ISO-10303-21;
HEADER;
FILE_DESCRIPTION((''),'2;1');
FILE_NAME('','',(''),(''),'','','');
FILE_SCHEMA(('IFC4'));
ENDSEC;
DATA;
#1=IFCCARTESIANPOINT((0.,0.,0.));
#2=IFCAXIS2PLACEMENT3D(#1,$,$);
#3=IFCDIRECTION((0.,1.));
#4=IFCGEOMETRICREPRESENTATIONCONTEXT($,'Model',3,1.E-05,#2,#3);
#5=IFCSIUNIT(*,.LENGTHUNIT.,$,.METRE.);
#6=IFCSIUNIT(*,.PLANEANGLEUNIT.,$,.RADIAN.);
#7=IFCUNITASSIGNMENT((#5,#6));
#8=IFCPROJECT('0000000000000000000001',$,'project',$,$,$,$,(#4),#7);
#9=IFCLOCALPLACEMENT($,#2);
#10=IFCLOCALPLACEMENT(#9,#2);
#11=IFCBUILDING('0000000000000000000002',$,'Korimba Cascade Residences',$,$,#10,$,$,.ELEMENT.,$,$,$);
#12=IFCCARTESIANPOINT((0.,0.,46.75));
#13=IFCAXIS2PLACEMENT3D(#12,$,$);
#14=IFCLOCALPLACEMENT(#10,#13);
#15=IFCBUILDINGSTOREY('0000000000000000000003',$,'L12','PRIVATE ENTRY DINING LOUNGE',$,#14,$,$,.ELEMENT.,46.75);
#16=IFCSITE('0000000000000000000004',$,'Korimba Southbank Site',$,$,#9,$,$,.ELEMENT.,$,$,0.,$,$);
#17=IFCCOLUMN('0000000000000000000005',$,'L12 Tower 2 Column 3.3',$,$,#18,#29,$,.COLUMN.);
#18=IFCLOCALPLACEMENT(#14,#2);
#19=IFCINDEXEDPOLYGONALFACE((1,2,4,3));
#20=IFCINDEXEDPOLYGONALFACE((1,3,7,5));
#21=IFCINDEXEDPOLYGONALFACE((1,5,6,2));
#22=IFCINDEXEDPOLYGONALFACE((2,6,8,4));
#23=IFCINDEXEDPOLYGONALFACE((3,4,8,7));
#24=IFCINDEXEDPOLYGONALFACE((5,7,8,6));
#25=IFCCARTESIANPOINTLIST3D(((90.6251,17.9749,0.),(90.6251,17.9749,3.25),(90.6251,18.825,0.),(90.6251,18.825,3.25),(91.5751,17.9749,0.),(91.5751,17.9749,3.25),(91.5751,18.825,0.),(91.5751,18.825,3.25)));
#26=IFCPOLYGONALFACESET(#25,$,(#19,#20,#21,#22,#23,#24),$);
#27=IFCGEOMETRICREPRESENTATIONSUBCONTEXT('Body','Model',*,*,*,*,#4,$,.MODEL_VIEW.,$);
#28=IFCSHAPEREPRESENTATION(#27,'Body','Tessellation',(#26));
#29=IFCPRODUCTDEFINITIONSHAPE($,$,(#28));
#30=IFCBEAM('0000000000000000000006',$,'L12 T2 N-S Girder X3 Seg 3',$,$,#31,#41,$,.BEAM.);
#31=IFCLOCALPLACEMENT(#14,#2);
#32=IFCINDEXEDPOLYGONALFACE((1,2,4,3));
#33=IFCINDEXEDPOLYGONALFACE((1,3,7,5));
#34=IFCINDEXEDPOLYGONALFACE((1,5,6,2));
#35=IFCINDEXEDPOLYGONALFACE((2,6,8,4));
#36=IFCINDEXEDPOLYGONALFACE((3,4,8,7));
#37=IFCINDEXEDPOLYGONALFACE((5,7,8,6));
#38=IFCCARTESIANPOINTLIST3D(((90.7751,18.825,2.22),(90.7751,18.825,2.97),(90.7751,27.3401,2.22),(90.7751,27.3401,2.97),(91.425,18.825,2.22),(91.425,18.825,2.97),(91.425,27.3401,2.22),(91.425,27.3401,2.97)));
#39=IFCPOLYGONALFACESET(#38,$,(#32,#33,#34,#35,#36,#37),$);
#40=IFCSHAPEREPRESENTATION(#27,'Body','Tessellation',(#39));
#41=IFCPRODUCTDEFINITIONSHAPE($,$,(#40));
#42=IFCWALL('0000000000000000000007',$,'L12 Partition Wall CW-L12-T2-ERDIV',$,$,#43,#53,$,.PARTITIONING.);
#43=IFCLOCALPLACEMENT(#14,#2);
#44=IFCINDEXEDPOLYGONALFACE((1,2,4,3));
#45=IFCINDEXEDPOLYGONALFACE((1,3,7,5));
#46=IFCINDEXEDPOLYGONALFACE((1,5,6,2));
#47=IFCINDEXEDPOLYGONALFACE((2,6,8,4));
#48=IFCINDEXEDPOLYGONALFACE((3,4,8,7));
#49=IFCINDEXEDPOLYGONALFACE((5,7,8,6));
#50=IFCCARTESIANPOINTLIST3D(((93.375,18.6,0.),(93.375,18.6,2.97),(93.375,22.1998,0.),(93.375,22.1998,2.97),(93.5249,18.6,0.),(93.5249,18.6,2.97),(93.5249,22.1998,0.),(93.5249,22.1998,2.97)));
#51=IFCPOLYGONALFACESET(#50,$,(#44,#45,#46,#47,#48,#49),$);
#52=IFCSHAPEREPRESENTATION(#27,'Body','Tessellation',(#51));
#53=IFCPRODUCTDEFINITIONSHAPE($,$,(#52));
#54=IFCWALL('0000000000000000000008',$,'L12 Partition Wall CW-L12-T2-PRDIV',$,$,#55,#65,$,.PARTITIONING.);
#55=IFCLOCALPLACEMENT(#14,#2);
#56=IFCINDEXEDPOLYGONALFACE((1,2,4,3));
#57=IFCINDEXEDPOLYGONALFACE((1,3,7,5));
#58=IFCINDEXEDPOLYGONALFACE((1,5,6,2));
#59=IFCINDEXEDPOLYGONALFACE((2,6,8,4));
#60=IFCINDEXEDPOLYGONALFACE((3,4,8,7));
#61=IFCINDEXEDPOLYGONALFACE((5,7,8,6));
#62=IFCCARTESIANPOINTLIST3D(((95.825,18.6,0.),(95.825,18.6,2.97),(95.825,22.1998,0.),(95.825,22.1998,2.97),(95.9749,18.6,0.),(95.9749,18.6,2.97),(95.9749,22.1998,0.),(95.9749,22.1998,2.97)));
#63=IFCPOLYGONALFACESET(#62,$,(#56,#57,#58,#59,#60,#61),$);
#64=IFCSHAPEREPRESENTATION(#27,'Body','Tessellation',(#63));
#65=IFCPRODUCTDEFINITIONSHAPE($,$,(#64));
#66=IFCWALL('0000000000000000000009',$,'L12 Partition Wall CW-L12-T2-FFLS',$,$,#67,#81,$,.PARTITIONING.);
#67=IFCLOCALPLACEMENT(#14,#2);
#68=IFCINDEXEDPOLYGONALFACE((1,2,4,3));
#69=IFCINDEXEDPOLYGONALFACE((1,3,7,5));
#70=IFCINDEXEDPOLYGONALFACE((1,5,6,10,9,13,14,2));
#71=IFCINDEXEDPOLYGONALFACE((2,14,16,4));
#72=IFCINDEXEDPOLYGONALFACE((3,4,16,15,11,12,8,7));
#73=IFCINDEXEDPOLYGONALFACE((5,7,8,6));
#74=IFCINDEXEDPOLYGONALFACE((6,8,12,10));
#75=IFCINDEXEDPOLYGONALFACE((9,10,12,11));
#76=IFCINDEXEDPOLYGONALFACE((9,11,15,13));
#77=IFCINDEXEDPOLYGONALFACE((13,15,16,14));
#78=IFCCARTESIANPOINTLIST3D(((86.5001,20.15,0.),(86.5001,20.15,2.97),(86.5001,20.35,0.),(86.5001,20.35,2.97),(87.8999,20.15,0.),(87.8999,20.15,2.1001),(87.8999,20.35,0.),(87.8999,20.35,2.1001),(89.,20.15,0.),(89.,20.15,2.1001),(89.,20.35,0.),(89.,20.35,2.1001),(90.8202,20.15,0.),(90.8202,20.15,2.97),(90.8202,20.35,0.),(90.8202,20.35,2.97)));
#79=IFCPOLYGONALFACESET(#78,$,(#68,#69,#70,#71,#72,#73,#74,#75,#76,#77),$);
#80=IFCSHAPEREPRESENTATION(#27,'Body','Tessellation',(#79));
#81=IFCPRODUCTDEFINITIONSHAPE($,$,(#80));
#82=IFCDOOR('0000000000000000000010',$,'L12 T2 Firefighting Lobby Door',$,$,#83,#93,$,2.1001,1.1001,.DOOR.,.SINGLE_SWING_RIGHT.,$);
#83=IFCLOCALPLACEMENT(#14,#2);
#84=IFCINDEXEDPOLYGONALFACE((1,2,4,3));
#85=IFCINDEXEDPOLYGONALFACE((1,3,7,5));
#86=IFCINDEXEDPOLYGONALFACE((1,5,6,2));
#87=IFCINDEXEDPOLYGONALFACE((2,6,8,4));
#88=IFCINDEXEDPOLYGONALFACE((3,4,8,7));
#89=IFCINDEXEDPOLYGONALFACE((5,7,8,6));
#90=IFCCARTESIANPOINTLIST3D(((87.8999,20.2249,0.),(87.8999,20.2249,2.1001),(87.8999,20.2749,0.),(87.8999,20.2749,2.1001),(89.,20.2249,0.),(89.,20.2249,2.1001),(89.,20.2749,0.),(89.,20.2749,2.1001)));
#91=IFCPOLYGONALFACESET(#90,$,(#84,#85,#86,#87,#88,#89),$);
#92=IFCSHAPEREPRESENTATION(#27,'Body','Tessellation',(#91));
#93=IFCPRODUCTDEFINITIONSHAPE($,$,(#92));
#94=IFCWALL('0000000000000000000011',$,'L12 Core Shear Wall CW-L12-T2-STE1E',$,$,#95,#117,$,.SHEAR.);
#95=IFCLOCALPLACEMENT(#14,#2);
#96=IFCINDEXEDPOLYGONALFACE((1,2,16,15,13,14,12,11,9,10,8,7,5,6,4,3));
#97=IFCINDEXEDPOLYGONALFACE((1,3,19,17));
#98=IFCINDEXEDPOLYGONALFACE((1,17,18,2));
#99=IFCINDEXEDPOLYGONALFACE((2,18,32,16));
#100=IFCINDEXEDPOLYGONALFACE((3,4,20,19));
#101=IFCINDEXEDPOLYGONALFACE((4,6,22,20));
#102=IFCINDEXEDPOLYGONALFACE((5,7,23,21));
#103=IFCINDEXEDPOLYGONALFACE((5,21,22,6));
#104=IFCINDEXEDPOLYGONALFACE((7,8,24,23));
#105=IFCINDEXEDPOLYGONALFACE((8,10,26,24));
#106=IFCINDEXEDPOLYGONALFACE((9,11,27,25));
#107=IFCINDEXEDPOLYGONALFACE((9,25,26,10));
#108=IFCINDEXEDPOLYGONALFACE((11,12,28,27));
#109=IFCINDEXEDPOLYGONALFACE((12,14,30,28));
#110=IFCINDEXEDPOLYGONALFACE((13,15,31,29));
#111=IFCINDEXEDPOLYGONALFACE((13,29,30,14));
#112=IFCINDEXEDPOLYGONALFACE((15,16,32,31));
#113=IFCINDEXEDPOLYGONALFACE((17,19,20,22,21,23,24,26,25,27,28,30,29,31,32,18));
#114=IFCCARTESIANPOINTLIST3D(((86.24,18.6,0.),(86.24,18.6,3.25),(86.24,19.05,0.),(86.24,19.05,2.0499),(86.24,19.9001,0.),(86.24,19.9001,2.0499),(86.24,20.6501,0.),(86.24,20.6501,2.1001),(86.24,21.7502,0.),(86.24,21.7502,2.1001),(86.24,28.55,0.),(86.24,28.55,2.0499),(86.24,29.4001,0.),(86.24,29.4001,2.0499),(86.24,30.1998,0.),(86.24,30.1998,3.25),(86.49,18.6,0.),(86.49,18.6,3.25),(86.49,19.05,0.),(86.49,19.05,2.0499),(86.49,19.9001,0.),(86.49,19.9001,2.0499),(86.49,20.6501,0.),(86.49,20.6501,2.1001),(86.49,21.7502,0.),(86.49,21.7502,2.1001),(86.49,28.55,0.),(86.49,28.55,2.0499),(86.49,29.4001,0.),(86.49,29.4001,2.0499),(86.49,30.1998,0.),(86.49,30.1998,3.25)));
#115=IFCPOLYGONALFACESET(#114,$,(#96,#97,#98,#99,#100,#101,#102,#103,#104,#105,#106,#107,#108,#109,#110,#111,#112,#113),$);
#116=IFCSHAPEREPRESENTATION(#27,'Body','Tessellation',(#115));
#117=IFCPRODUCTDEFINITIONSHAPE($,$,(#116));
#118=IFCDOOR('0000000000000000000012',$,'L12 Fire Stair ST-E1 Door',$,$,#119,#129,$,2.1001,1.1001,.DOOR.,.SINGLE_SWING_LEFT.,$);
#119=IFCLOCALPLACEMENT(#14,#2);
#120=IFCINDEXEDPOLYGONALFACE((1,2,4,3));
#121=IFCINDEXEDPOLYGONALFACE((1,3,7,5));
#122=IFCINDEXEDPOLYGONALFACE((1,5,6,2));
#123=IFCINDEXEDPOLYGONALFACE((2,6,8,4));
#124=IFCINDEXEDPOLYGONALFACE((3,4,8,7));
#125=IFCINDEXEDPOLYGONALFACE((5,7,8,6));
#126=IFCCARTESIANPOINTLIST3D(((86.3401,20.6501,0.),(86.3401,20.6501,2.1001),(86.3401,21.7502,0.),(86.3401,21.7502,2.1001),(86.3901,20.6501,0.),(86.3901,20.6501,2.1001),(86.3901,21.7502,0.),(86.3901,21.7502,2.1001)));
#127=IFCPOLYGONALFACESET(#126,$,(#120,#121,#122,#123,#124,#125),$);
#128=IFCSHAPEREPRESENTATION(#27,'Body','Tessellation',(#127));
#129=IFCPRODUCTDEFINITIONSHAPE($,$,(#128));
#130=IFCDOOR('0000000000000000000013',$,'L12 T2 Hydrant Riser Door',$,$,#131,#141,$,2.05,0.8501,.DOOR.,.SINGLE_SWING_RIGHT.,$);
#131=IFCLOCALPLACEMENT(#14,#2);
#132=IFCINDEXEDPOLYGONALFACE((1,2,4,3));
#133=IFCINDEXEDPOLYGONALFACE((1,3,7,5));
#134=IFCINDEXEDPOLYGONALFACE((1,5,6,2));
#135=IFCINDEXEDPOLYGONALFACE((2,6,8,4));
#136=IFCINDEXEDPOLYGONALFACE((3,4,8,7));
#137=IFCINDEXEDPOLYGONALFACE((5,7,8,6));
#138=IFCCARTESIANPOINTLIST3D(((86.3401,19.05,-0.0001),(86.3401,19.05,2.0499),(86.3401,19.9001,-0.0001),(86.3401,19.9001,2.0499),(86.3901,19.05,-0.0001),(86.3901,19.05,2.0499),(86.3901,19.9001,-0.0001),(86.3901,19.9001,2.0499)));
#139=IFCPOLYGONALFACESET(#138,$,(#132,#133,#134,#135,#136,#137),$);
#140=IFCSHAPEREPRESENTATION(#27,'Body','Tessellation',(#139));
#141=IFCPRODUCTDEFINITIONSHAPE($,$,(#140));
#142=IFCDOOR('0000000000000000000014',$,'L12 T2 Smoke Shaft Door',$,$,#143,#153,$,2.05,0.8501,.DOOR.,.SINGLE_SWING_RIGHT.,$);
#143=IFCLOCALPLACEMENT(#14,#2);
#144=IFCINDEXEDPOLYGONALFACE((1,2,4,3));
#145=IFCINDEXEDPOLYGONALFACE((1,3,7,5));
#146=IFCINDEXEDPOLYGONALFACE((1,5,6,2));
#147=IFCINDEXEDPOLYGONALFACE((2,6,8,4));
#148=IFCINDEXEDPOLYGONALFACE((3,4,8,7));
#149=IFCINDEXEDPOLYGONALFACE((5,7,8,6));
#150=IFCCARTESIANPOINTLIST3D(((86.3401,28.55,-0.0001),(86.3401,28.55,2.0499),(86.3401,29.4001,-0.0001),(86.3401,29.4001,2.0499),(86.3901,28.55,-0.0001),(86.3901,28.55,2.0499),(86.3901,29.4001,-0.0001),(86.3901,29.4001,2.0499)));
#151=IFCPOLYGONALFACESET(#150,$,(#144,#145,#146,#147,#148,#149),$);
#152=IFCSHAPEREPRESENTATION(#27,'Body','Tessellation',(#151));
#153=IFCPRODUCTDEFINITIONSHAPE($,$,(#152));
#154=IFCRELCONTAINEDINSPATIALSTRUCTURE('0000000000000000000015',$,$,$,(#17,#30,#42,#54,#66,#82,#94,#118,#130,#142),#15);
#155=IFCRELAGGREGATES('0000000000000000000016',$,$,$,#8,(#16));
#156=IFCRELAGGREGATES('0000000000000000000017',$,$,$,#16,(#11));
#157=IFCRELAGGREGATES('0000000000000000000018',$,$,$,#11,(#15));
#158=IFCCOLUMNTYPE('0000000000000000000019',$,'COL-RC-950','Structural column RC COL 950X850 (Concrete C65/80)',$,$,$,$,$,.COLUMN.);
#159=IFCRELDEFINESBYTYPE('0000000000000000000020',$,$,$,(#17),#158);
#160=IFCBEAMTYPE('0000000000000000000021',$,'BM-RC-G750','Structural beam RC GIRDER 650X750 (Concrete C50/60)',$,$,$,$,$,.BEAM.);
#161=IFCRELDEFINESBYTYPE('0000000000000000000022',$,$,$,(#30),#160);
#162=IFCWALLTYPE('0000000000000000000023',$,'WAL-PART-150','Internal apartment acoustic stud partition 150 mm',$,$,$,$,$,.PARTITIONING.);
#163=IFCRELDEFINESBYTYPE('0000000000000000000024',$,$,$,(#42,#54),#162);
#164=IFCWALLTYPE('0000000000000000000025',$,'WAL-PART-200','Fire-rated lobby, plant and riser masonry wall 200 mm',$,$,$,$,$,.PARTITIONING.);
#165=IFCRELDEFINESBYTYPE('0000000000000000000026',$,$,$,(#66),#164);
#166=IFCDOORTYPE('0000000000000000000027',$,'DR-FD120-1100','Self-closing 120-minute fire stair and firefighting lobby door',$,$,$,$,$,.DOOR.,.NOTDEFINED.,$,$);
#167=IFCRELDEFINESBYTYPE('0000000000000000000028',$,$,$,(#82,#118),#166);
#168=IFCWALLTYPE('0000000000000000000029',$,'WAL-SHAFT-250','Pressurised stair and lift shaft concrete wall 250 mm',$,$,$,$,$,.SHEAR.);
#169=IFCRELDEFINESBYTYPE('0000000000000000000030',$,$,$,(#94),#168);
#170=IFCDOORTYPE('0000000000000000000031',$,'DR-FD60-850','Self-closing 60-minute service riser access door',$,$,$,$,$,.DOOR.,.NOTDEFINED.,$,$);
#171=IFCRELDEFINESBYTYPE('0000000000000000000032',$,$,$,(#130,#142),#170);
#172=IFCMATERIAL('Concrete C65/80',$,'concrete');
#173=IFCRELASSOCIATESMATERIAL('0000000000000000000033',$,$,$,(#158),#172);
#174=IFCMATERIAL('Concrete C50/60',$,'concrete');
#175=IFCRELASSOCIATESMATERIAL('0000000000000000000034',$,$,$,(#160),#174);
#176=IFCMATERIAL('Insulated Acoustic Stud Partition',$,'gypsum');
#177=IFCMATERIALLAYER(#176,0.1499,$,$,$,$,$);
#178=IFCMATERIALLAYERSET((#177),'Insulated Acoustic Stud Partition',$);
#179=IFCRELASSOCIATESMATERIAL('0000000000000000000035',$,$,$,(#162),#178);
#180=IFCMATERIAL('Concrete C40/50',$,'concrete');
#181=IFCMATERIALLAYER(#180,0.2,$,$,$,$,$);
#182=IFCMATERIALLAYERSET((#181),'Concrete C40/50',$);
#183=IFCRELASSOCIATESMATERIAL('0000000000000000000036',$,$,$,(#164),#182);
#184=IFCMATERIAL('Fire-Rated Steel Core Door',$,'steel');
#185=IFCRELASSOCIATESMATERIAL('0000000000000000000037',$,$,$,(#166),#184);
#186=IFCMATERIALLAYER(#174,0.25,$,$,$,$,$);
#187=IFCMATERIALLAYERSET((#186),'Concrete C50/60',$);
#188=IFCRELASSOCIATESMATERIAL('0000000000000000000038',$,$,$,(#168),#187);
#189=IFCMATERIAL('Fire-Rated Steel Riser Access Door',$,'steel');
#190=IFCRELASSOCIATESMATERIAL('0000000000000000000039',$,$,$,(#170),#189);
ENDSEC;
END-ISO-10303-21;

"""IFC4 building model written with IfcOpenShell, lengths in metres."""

from ifc_helpers import new_model, si_unit, direction, frame, frame_2d, origin, origin_2d, place, context, subcontext, project, spatial, rectangle, extrude, material, layer, layer_set, material_profile, profile_set, type_object, element, fill, save


model = new_model("IFC4")

# Units and contexts
model_context = context("Model", 3, precision=1e-05, world=origin(), true_north=direction((0.0, 1.0)))
body_context = subcontext(model_context, "Body", "Model", "MODEL_VIEW")
ifc_project = project(units=[si_unit("LENGTHUNIT", "METRE"), si_unit("PLANEANGLEUNIT", "RADIAN")], contexts=[model_context])

# Site, building, storey
site_placement = place(None, origin())
site = spatial("IfcSite", under=ifc_project, at=site_placement, Name="Korimba Southbank Site", CompositionType="ELEMENT", RefElevation=0.0)
building_placement = place(site_placement, origin())
building = spatial("IfcBuilding", under=site, at=building_placement, Name="Korimba Cascade Residences", CompositionType="ELEMENT")
storey_placement = place(building_placement, frame((0.0, 0.0, 46.75)))
storey = spatial("IfcBuildingStorey", under=building, at=storey_placement, Name="L12", Description="PRIVATE ENTRY DINING LOUNGE", CompositionType="ELEMENT", Elevation=46.75)

# Column
ifc_material_1 = material(Name="Concrete C65/80", Category="concrete")
ifc_material_profile_1 = material_profile(ifc_material_1, rectangle(XDim=0.95, YDim=0.8501, at=origin_2d()), Name="Concrete C65/80")
ifc_profile_set_1 = profile_set([ifc_material_profile_1], Name="Concrete C65/80")
column_type = type_object("IfcColumnType", Name="COL-RC-950", Description="Structural column RC COL 950X850 (Concrete C65/80)", PredefinedType="COLUMN", material=ifc_profile_set_1)
column_placement = place(storey_placement, frame((91.1001, 18.3999, 0.0), z_axis=(0.0, 0.0, 1.0), x_axis=(1.0, 0.0, 0.0)))
element("IfcColumn", 1, at=column_placement, inside=storey, type_object=column_type, Name="L12 Tower 2 Column 3.3", PredefinedType="COLUMN", context=body_context, shape_type="SweptSolid", body=[
    extrude(rectangle(XDim=0.95, YDim=0.8501, at=origin_2d()), origin(), (0.0, 0.0, 1.0), 3.25),
])

# Beam
ifc_material_2 = material(Name="Concrete C50/60", Category="concrete")
ifc_material_profile_2 = material_profile(ifc_material_2, rectangle(XDim=0.6499, YDim=0.75, at=origin_2d()), Name="Concrete C50/60")
ifc_profile_set_2 = profile_set([ifc_material_profile_2], Name="Concrete C50/60")
beam_type = type_object("IfcBeamType", Name="BM-RC-G750", Description="Structural beam RC GIRDER 650X750 (Concrete C50/60)", PredefinedType="BEAM", material=ifc_profile_set_2)
beam_placement = place(storey_placement, frame((91.1001, 18.825, 2.595), z_axis=(0.0, 1.0, 0.0), x_axis=(-1.0, 0.0, 0.0)))
element("IfcBeam", 2, at=beam_placement, inside=storey, type_object=beam_type, Name="L12 T2 N-S Girder X3 Seg 3", PredefinedType="BEAM", context=body_context, shape_type="SweptSolid", body=[
    extrude(rectangle(XDim=0.6499, YDim=0.75, at=origin_2d()), origin(), (0.0, 0.0, 1.0), 8.5151),
])

# Walls
ifc_material_3 = material(Name="Insulated Acoustic Stud Partition", Category="gypsum")
ifc_layer_1 = layer(ifc_material_3, 0.1499)
ifc_layer_set_1 = layer_set([ifc_layer_1], Name="Insulated Acoustic Stud Partition")
wall_type_1 = type_object("IfcWallType", Name="WAL-PART-150", Description="Internal apartment acoustic stud partition 150 mm", PredefinedType="PARTITIONING", material=ifc_layer_set_1)
for number, where, z_axis, x_axis, name in (
    (3, (93.45, 18.6001, 0.0), (0.0, 0.0, 1.0), (0.0, 1.0, 0.0), "L12 Partition Wall CW-L12-T2-ERDIV"),
    (4, (95.8999, 18.6001, 0.0), (0.0, 0.0, 1.0), (0.0, 1.0, 0.0), "L12 Partition Wall CW-L12-T2-PRDIV"),
):
    element("IfcWall", number, at=place(storey_placement, frame(where, z_axis=z_axis, x_axis=x_axis)), inside=storey, type_object=wall_type_1, Name=name, PredefinedType="PARTITIONING", context=body_context, shape_type="SweptSolid", body=[
        extrude(rectangle(XDim=3.5999, YDim=0.1499, at=frame_2d((1.7998, 0.0))), origin(), (0.0, 0.0, 1.0), 2.97),
    ])

# Wall, opening, door
ifc_material_4 = material(Name="Concrete C40/50", Category="concrete")
ifc_layer_2 = layer(ifc_material_4, 0.2)
ifc_layer_set_2 = layer_set([ifc_layer_2], Name="Concrete C40/50")
wall_type_2 = type_object("IfcWallType", Name="WAL-PART-200", Description="Fire-rated lobby, plant and riser masonry wall 200 mm", PredefinedType="PARTITIONING", material=ifc_layer_set_2)
wall_1_placement = place(storey_placement, frame((86.5, 20.25, 0.0), z_axis=(0.0, 0.0, 1.0), x_axis=(1.0, 0.0, 0.0)))
wall_1 = element("IfcWall", 5, at=wall_1_placement, inside=storey, type_object=wall_type_2, Name="L12 Partition Wall CW-L12-T2-FFLS", PredefinedType="PARTITIONING", context=body_context, shape_type="SweptSolid", body=[
    extrude(rectangle(XDim=4.3201, YDim=0.2, at=frame_2d((2.1602, 0.0))), origin(), (0.0, 0.0, 1.0), 2.97),
])
opening_1_placement = place(wall_1_placement, frame((1.3999, 0.0, 0.0)))
opening_1 = element("IfcOpeningElement", 6, at=opening_1_placement, cuts=wall_1, PredefinedType="OPENING", context=body_context, shape_type="SweptSolid", body=[
    extrude(rectangle(XDim=1.1001, YDim=2.1001, at=frame_2d((0.55, 1.05))), frame((0.0, 0.1099, 0.0), z_axis=(0.0, -1.0, 0.0), x_axis=(1.0, 0.0, 0.0)), (0.0, 0.0, 1.0), 0.22),
])
ifc_material_5 = material(Name="Fire-Rated Steel Core Door", Category="steel")
door_type_1 = type_object("IfcDoorType", Name="DR-FD120-1100", Description="Self-closing 120-minute fire stair and firefighting lobby door", OperationType="NOTDEFINED", PredefinedType="DOOR", material=ifc_material_5)
door_1_placement = place(opening_1_placement, origin())
door_1 = element("IfcDoor", 7, at=door_1_placement, inside=storey, type_object=door_type_1, Name="L12 T2 Firefighting Lobby Door", OperationType="SINGLE_SWING_RIGHT", OverallHeight=2.1001, OverallWidth=1.1001, PredefinedType="DOOR", context=body_context, shape_type="SweptSolid", body=[
    extrude(rectangle(XDim=1.1001, YDim=2.1001, at=frame_2d((0.55, 1.05))), frame((0.0, 0.0249, 0.0), z_axis=(0.0, -1.0, 0.0), x_axis=(1.0, 0.0, 0.0)), (0.0, 0.0, 1.0), 0.05),
])
fill(opening_1, door_1)

# Wall, openings, doors
ifc_layer_3 = layer(ifc_material_2, 0.25)
ifc_layer_set_3 = layer_set([ifc_layer_3], Name="Concrete C50/60")
wall_type_3 = type_object("IfcWallType", Name="WAL-SHAFT-250", Description="Pressurised stair and lift shaft concrete wall 250 mm", PredefinedType="SHEAR", material=ifc_layer_set_3)
wall_2_placement = place(storey_placement, frame((86.365, 18.6001, 0.0), z_axis=(0.0, 0.0, 1.0), x_axis=(0.0, 1.0, 0.0)))
wall_2 = element("IfcWall", 8, at=wall_2_placement, inside=storey, type_object=wall_type_3, Name="L12 Core Shear Wall CW-L12-T2-STE1E", PredefinedType="SHEAR", context=body_context, shape_type="SweptSolid", body=[
    extrude(rectangle(XDim=11.5999, YDim=0.25, at=frame_2d((5.7998, 0.0))), origin(), (0.0, 0.0, 1.0), 3.25),
])
opening_2_placement = place(wall_2_placement, frame((0.45, 0.0, 0.0)))
opening_2 = element("IfcOpeningElement", 9, at=opening_2_placement, cuts=wall_2, PredefinedType="OPENING", context=body_context, shape_type="SweptSolid", body=[
    extrude(rectangle(XDim=0.8501, YDim=2.05, at=frame_2d((0.425, 1.0249))), frame((0.0, 0.135, 0.0), z_axis=(0.0, -1.0, 0.0), x_axis=(1.0, 0.0, 0.0)), (0.0, 0.0, 1.0), 0.27),
])
opening_3_placement = place(wall_2_placement, frame((2.05, 0.0, 0.0)))
opening_3 = element("IfcOpeningElement", 10, at=opening_3_placement, cuts=wall_2, PredefinedType="OPENING", context=body_context, shape_type="SweptSolid", body=[
    extrude(rectangle(XDim=1.1001, YDim=2.1001, at=frame_2d((0.55, 1.05))), frame((0.0, 0.135, 0.0), z_axis=(0.0, -1.0, 0.0), x_axis=(1.0, 0.0, 0.0)), (0.0, 0.0, 1.0), 0.27),
])
opening_4_placement = place(wall_2_placement, frame((9.95, 0.0, 0.0)))
opening_4 = element("IfcOpeningElement", 11, at=opening_4_placement, cuts=wall_2, PredefinedType="OPENING", context=body_context, shape_type="SweptSolid", body=[
    extrude(rectangle(XDim=0.8501, YDim=2.05, at=frame_2d((0.425, 1.0249))), frame((0.0, 0.135, 0.0), z_axis=(0.0, -1.0, 0.0), x_axis=(1.0, 0.0, 0.0)), (0.0, 0.0, 1.0), 0.27),
])
door_2_placement = place(opening_3_placement, origin())
door_2 = element("IfcDoor", 12, at=door_2_placement, inside=storey, type_object=door_type_1, Name="L12 Fire Stair ST-E1 Door", OperationType="SINGLE_SWING_LEFT", OverallHeight=2.1001, OverallWidth=1.1001, PredefinedType="DOOR", context=body_context, shape_type="SweptSolid", body=[
    extrude(rectangle(XDim=1.1001, YDim=2.1001, at=frame_2d((0.55, 1.05))), frame((0.0, 0.0249, 0.0), z_axis=(0.0, -1.0, 0.0), x_axis=(1.0, 0.0, 0.0)), (0.0, 0.0, 1.0), 0.05),
])
fill(opening_3, door_2)
ifc_material_6 = material(Name="Fire-Rated Steel Riser Access Door", Category="steel")
door_type_2 = type_object("IfcDoorType", Name="DR-FD60-850", Description="Self-closing 60-minute service riser access door", OperationType="NOTDEFINED", PredefinedType="DOOR", material=ifc_material_6)
door_3_placement = place(opening_2_placement, origin())
door_3 = element("IfcDoor", 13, at=door_3_placement, inside=storey, type_object=door_type_2, Name="L12 T2 Hydrant Riser Door", OperationType="SINGLE_SWING_RIGHT", OverallHeight=2.05, OverallWidth=0.8501, PredefinedType="DOOR", context=body_context, shape_type="SweptSolid", body=[
    extrude(rectangle(XDim=0.8501, YDim=2.05, at=frame_2d((0.425, 1.0249))), frame((0.0, 0.0249, 0.0), z_axis=(0.0, -1.0, 0.0), x_axis=(1.0, 0.0, 0.0)), (0.0, 0.0, 1.0), 0.05),
])
fill(opening_2, door_3)
door_4_placement = place(opening_4_placement, origin())
door_4 = element("IfcDoor", 14, at=door_4_placement, inside=storey, type_object=door_type_2, Name="L12 T2 Smoke Shaft Door", OperationType="SINGLE_SWING_RIGHT", OverallHeight=2.05, OverallWidth=0.8501, PredefinedType="DOOR", context=body_context, shape_type="SweptSolid", body=[
    extrude(rectangle(XDim=0.8501, YDim=2.05, at=frame_2d((0.425, 1.0249))), frame((0.0, 0.0249, 0.0), z_axis=(0.0, -1.0, 0.0), x_axis=(1.0, 0.0, 0.0)), (0.0, 0.0, 1.0), 0.05),
])
fill(opening_4, door_4)

save(model, "model.ifc")
